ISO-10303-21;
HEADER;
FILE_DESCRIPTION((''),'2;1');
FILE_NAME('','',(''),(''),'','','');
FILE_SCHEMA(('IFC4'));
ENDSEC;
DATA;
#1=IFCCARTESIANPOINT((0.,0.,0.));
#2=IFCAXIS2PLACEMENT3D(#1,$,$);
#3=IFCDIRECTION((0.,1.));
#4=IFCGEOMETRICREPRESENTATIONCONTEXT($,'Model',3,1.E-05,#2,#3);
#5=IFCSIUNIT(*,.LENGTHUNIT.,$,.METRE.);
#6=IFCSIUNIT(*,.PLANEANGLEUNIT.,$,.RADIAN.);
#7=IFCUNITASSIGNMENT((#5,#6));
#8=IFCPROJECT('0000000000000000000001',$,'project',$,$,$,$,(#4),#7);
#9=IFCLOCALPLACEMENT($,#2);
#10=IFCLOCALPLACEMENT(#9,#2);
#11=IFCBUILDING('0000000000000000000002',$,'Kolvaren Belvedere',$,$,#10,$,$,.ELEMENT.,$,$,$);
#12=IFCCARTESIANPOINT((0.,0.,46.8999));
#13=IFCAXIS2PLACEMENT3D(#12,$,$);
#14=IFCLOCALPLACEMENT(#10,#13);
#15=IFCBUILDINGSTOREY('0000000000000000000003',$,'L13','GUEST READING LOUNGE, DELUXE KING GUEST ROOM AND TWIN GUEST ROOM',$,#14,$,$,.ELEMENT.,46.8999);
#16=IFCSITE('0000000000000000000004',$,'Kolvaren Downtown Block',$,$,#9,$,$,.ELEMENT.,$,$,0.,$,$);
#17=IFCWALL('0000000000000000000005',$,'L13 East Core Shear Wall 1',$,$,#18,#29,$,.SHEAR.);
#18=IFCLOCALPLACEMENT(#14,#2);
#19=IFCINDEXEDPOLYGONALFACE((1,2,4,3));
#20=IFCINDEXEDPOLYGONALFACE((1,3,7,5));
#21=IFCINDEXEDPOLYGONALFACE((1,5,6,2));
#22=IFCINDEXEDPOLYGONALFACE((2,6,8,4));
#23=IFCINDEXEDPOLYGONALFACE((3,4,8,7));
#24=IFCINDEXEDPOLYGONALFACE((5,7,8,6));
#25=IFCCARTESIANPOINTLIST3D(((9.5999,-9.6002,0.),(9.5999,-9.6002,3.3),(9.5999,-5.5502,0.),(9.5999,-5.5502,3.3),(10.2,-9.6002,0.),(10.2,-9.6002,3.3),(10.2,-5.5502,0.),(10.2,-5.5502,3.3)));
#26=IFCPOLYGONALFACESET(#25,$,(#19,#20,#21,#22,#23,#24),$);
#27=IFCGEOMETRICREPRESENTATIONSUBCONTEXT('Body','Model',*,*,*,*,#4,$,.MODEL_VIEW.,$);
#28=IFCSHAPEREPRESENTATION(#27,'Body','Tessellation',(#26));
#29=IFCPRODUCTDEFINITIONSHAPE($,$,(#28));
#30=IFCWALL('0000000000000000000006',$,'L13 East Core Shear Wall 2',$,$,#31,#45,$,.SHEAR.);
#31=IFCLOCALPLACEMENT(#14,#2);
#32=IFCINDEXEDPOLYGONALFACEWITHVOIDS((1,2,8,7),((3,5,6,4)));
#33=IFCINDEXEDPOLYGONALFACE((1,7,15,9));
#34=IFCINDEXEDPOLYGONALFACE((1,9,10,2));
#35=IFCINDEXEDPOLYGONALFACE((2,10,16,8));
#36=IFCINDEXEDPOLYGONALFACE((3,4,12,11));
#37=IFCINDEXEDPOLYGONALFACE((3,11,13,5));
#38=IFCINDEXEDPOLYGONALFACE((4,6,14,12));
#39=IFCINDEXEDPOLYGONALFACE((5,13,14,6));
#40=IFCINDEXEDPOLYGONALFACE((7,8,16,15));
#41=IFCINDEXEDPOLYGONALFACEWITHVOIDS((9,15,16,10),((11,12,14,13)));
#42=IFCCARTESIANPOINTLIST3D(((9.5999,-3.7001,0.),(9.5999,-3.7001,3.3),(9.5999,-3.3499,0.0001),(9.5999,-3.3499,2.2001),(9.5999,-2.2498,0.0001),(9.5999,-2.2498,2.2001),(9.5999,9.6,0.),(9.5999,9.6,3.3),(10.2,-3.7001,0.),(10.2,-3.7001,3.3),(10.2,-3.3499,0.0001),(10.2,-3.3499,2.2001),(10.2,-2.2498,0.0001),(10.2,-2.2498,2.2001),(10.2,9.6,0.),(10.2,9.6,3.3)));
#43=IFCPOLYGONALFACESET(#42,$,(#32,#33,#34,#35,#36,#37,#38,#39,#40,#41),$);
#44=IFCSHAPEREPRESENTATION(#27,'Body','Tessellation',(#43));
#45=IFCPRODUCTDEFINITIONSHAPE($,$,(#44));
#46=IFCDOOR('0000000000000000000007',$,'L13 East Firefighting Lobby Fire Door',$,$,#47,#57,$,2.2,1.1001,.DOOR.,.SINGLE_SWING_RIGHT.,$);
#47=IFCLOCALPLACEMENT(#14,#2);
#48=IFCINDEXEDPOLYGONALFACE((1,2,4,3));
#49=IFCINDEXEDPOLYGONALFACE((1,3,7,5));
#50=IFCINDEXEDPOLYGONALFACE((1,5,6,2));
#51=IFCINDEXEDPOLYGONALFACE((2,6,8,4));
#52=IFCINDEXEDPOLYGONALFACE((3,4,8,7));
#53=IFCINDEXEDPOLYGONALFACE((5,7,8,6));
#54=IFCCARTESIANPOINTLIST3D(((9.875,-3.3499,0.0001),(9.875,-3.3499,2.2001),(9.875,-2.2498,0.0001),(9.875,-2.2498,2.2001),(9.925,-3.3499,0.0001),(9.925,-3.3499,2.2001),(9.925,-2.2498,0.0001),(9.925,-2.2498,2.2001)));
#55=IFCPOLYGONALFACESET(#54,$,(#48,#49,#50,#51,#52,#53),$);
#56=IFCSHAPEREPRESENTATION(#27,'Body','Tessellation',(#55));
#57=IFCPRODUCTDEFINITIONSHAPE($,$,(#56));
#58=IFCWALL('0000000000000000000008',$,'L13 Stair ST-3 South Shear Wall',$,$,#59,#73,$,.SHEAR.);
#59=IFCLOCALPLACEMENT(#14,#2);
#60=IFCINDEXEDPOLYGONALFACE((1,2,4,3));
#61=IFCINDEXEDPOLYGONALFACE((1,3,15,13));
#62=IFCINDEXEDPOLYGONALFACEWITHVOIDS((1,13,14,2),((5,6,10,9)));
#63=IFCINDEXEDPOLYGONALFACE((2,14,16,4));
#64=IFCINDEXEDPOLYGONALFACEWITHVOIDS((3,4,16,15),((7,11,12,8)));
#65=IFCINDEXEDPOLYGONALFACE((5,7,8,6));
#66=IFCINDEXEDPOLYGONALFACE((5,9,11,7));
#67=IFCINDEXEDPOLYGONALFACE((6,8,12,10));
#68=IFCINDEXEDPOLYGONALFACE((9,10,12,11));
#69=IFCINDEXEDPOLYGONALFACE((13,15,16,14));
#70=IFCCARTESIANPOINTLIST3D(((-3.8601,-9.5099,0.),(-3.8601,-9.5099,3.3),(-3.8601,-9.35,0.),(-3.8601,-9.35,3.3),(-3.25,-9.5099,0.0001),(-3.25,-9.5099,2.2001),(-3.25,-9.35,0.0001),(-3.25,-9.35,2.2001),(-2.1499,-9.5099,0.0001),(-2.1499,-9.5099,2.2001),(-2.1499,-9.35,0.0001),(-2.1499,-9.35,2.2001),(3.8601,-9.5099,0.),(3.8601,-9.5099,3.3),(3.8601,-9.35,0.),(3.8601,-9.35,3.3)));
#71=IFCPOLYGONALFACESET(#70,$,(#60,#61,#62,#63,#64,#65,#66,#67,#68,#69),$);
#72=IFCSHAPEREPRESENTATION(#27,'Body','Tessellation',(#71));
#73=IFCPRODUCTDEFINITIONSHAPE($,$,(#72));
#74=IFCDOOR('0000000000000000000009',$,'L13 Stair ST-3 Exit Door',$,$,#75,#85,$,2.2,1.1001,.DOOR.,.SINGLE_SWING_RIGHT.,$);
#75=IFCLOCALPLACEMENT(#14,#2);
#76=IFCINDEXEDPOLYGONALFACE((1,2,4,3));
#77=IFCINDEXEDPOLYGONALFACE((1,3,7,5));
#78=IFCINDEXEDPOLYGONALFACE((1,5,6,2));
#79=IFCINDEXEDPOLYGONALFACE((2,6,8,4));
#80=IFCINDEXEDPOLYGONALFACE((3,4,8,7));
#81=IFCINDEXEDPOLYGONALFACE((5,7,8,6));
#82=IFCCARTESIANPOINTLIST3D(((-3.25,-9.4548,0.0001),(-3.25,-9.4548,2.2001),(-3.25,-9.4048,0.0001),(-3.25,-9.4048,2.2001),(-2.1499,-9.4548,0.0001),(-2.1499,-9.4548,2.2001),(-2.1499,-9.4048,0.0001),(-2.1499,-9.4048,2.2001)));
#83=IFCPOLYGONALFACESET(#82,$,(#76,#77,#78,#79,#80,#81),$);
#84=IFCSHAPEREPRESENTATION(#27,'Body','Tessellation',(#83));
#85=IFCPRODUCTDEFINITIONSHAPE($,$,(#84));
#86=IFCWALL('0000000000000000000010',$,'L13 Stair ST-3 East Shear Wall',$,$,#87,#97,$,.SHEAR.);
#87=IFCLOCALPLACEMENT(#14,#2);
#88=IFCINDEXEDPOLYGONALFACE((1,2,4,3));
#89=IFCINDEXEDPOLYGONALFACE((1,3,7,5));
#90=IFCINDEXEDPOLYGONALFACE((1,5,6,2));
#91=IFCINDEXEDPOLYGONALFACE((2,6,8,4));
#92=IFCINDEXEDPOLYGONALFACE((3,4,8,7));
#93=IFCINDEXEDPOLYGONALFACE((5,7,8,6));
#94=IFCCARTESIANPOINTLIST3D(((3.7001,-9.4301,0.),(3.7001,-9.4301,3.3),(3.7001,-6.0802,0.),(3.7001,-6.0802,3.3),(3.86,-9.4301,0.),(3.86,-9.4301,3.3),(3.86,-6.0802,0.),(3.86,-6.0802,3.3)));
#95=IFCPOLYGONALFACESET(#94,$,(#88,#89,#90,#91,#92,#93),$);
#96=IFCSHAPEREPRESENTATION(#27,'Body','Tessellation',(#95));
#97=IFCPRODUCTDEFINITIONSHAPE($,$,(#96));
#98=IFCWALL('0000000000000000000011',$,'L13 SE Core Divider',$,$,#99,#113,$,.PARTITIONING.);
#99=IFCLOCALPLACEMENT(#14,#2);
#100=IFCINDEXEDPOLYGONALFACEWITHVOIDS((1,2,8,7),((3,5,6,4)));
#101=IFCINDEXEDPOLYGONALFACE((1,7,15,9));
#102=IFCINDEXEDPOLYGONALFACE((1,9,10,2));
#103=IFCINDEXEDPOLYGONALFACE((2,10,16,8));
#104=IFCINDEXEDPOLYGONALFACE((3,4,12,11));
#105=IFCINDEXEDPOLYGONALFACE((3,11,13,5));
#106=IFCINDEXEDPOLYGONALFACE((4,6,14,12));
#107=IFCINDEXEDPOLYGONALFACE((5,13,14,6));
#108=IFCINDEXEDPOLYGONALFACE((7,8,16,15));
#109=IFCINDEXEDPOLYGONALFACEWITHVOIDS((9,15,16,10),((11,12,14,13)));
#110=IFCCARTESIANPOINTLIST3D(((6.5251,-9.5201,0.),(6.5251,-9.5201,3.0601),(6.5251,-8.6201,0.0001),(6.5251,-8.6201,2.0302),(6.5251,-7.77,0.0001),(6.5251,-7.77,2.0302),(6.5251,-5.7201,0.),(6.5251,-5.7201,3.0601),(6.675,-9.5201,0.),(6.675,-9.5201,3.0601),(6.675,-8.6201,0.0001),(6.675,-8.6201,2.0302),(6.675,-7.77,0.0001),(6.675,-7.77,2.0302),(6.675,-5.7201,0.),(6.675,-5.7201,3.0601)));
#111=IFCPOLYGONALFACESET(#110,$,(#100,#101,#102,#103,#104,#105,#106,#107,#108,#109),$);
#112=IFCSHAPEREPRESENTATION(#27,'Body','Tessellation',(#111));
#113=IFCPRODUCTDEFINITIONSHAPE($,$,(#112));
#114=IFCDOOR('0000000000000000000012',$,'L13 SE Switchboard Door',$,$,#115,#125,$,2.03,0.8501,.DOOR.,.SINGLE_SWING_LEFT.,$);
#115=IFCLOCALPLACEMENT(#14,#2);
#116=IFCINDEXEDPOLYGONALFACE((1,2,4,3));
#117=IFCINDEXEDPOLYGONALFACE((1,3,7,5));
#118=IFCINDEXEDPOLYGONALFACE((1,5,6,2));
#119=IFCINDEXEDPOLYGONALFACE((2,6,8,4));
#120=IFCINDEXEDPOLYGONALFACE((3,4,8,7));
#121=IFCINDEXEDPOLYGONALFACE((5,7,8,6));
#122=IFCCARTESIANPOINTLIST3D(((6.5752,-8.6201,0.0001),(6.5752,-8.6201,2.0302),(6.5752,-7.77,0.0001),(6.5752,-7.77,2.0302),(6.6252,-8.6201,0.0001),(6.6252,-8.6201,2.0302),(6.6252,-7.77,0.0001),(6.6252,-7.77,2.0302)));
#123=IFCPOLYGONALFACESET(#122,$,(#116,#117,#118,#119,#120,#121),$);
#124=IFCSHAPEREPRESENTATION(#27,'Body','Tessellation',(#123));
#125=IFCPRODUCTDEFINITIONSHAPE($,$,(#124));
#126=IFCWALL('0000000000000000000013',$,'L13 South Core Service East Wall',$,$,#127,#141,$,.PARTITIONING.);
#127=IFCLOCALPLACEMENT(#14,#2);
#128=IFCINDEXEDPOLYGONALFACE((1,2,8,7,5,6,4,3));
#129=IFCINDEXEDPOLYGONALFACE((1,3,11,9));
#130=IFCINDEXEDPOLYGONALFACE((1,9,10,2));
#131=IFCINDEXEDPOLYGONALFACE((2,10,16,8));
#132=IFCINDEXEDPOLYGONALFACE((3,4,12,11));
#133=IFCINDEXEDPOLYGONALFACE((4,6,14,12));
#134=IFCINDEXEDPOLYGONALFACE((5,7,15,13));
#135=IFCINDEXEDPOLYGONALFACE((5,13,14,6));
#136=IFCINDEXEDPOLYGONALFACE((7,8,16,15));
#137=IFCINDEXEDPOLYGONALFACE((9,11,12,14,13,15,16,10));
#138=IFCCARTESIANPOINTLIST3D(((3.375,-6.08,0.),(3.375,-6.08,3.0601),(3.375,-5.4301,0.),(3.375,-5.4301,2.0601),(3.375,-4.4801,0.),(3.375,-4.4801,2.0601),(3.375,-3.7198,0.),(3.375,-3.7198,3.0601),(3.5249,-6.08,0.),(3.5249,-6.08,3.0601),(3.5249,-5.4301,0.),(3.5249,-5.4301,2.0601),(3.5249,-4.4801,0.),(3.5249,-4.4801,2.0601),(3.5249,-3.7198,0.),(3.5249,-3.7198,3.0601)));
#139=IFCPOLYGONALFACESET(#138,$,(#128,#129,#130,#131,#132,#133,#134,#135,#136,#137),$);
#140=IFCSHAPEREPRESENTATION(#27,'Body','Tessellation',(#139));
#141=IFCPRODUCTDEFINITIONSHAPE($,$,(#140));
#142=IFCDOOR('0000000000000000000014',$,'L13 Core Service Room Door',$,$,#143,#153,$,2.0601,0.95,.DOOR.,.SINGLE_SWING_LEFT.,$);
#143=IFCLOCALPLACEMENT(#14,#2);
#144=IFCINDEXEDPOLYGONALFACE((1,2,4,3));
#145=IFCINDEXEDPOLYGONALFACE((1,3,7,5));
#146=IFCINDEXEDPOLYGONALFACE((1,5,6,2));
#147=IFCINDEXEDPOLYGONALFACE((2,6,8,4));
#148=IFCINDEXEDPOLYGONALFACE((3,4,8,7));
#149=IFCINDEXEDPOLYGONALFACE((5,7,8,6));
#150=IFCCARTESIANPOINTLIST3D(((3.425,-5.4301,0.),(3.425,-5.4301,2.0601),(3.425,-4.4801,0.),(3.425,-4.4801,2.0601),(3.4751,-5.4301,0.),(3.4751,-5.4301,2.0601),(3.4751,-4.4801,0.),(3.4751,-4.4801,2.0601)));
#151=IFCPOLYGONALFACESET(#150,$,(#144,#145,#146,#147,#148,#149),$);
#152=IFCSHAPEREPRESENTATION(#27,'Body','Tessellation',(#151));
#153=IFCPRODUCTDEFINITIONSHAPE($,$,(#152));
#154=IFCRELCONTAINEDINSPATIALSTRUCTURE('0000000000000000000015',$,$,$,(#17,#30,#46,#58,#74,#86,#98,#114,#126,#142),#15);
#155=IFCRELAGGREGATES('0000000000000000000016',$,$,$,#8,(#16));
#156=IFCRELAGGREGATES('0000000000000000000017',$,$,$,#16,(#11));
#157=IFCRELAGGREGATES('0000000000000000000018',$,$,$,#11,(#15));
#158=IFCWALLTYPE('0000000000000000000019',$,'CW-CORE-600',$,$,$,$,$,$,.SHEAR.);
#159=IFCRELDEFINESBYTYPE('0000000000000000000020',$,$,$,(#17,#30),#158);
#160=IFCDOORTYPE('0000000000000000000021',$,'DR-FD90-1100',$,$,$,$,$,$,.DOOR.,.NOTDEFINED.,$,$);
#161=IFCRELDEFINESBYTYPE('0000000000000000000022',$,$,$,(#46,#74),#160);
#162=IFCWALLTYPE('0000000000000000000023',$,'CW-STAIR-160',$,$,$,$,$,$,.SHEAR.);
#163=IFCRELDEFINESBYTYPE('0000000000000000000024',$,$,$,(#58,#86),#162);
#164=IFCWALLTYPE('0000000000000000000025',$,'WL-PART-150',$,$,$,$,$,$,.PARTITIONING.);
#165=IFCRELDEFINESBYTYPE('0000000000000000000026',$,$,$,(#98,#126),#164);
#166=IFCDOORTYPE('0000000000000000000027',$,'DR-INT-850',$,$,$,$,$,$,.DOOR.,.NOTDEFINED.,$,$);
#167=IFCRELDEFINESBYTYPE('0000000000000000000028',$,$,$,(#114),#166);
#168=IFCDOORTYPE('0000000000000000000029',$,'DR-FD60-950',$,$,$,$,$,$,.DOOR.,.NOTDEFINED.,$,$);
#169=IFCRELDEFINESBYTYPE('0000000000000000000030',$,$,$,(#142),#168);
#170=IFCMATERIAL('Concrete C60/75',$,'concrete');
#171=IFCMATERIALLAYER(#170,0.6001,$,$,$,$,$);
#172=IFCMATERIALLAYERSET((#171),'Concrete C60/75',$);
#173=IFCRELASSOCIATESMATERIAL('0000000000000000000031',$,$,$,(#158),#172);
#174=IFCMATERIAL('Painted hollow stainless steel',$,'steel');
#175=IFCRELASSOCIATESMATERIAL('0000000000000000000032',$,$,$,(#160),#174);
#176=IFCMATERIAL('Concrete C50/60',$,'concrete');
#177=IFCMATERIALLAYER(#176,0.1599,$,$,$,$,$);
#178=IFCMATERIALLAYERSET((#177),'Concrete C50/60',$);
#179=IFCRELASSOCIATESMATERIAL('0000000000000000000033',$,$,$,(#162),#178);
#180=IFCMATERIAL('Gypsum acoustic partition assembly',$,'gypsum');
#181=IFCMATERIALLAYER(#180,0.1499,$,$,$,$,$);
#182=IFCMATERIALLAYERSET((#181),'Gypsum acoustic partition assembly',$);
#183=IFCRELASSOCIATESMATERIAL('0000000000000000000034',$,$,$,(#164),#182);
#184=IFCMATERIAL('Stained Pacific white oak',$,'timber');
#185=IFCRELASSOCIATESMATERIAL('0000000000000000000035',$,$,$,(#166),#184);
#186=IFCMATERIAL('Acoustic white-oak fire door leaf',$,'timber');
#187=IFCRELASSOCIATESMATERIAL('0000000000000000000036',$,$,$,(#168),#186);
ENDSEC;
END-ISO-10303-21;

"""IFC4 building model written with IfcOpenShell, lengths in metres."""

from ifc_helpers import new_model, si_unit, direction, frame, frame_2d, origin, place, context, subcontext, project, spatial, rectangle, extrude, material, layer, layer_set, type_object, element, fill, save


model = new_model("IFC4")

# Units and contexts
model_context = context("Model", 3, precision=1e-05, world=origin(), true_north=direction((0.0, 1.0)))
body_context = subcontext(model_context, "Body", "Model", "MODEL_VIEW")
ifc_project = project(units=[si_unit("LENGTHUNIT", "METRE"), si_unit("PLANEANGLEUNIT", "RADIAN")], contexts=[model_context])

# Site, building, storey
site_placement = place(None, origin())
site = spatial("IfcSite", under=ifc_project, at=site_placement, Name="Kolvaren Downtown Block", CompositionType="ELEMENT", RefElevation=0.0)
building_placement = place(site_placement, origin())
building = spatial("IfcBuilding", under=site, at=building_placement, Name="Kolvaren Belvedere", CompositionType="ELEMENT")
storey_placement = place(building_placement, frame((0.0, 0.0, 46.8999)))
storey = spatial("IfcBuildingStorey", under=building, at=storey_placement, Name="L13", Description="GUEST READING LOUNGE, DELUXE KING GUEST ROOM AND TWIN GUEST ROOM", CompositionType="ELEMENT", Elevation=46.8999)

# Wall
ifc_material_1 = material(Name="Concrete C60/75", Category="concrete")
ifc_layer_1 = layer(ifc_material_1, 0.6001)
ifc_layer_set_1 = layer_set([ifc_layer_1], Name="Concrete C60/75")
wall_type_1 = type_object("IfcWallType", Name="CW-CORE-600", PredefinedType="SHEAR", material=ifc_layer_set_1)
wall_1_placement = place(storey_placement, frame((9.8999, -9.6001, 0.0), z_axis=(0.0, 0.0, 1.0), x_axis=(0.0, 1.0, 0.0)))
element("IfcWall", 1, at=wall_1_placement, inside=storey, type_object=wall_type_1, Name="L13 East Core Shear Wall 1", PredefinedType="SHEAR", context=body_context, shape_type="SweptSolid", body=[
    extrude(rectangle(XDim=4.05, YDim=0.6001, at=frame_2d((2.0249, 0.0))), origin(), (0.0, 0.0, 1.0), 3.3),
])

# Walls, openings, doors
wall_2_placement = place(storey_placement, frame((9.8999, -3.7, 0.0), z_axis=(0.0, 0.0, 1.0), x_axis=(0.0, 1.0, 0.0)))
wall_2 = element("IfcWall", 2, at=wall_2_placement, inside=storey, type_object=wall_type_1, Name="L13 East Core Shear Wall 2", PredefinedType="SHEAR", context=body_context, shape_type="SweptSolid", body=[
    extrude(rectangle(XDim=13.3, YDim=0.6001, at=frame_2d((6.6499, 0.0))), origin(), (0.0, 0.0, 1.0), 3.3),
])
opening_1_placement = place(wall_2_placement, frame((0.3501, 0.0, 0.0)))
opening_1 = element("IfcOpeningElement", 3, at=opening_1_placement, cuts=wall_2, PredefinedType="OPENING", context=body_context, shape_type="SweptSolid", body=[
    extrude(rectangle(XDim=1.1001, YDim=2.2, at=frame_2d((0.55, 1.1001))), frame((0.0, 0.3101, 0.0), z_axis=(0.0, -1.0, 0.0), x_axis=(1.0, 0.0, 0.0)), (0.0, 0.0, 1.0), 0.6201),
])
ifc_material_2 = material(Name="Painted hollow stainless steel", Category="steel")
door_type_1 = type_object("IfcDoorType", Name="DR-FD90-1100", OperationType="NOTDEFINED", PredefinedType="DOOR", material=ifc_material_2)
door_1_placement = place(opening_1_placement, origin())
door_1 = element("IfcDoor", 4, at=door_1_placement, inside=storey, type_object=door_type_1, Name="L13 East Firefighting Lobby Fire Door", OperationType="SINGLE_SWING_RIGHT", OverallHeight=2.2, OverallWidth=1.1001, PredefinedType="DOOR", context=body_context, shape_type="SweptSolid", body=[
    extrude(rectangle(XDim=1.1001, YDim=2.2, at=frame_2d((0.55, 1.1001))), frame((0.0, 0.0249, 0.0), z_axis=(0.0, -1.0, 0.0), x_axis=(1.0, 0.0, 0.0)), (0.0, 0.0, 1.0), 0.05),
])
fill(opening_1, door_1)
ifc_material_3 = material(Name="Concrete C50/60", Category="concrete")
ifc_layer_2 = layer(ifc_material_3, 0.1599)
ifc_layer_set_2 = layer_set([ifc_layer_2], Name="Concrete C50/60")
wall_type_2 = type_object("IfcWallType", Name="CW-STAIR-160", PredefinedType="SHEAR", material=ifc_layer_set_2)
wall_3_placement = place(storey_placement, frame((3.8601, -9.4299, 0.0), z_axis=(0.0, 0.0, 1.0), x_axis=(-1.0, 0.0, 0.0)))
wall_3 = element("IfcWall", 5, at=wall_3_placement, inside=storey, type_object=wall_type_2, Name="L13 Stair ST-3 South Shear Wall", PredefinedType="SHEAR", context=body_context, shape_type="SweptSolid", body=[
    extrude(rectangle(XDim=7.7202, YDim=0.1599, at=frame_2d((3.8601, 0.0))), origin(), (0.0, 0.0, 1.0), 3.3),
])
opening_2_placement = place(wall_3_placement, frame((6.01, 0.0, 0.0)))
opening_2 = element("IfcOpeningElement", 6, at=opening_2_placement, cuts=wall_3, PredefinedType="OPENING", context=body_context, shape_type="SweptSolid", body=[
    extrude(rectangle(XDim=1.1001, YDim=2.2, at=frame_2d((0.55, 1.1001))), frame((0.0, 0.0898, 0.0), z_axis=(0.0, -1.0, 0.0), x_axis=(1.0, 0.0, 0.0)), (0.0, 0.0, 1.0), 0.1799),
])
door_2_placement = place(opening_2_placement, origin())
door_2 = element("IfcDoor", 7, at=door_2_placement, inside=storey, type_object=door_type_1, Name="L13 Stair ST-3 Exit Door", OperationType="SINGLE_SWING_RIGHT", OverallHeight=2.2, OverallWidth=1.1001, PredefinedType="DOOR", context=body_context, shape_type="SweptSolid", body=[
    extrude(rectangle(XDim=1.1001, YDim=2.2, at=frame_2d((0.55, 1.1001))), frame((0.0, 0.0249, 0.0), z_axis=(0.0, -1.0, 0.0), x_axis=(1.0, 0.0, 0.0)), (0.0, 0.0, 1.0), 0.05),
])
fill(opening_2, door_2)

# Wall
wall_4_placement = place(storey_placement, frame((3.78, -9.4299, 0.0), z_axis=(0.0, 0.0, 1.0), x_axis=(0.0, 1.0, 0.0)))
element("IfcWall", 8, at=wall_4_placement, inside=storey, type_object=wall_type_2, Name="L13 Stair ST-3 East Shear Wall", PredefinedType="SHEAR", context=body_context, shape_type="SweptSolid", body=[
    extrude(rectangle(XDim=3.3499, YDim=0.1599, at=frame_2d((1.6748, 0.0))), origin(), (0.0, 0.0, 1.0), 3.3),
])

# Walls, openings, doors
ifc_material_4 = material(Name="Gypsum acoustic partition assembly", Category="gypsum")
ifc_layer_3 = layer(ifc_material_4, 0.1499)
ifc_layer_set_3 = layer_set([ifc_layer_3], Name="Gypsum acoustic partition assembly")
wall_type_3 = type_object("IfcWallType", Name="WL-PART-150", PredefinedType="PARTITIONING", material=ifc_layer_set_3)
wall_5_placement = place(storey_placement, frame((6.6001, -9.52, 0.0), z_axis=(0.0, 0.0, 1.0), x_axis=(0.0, 1.0, 0.0)))
wall_5 = element("IfcWall", 9, at=wall_5_placement, inside=storey, type_object=wall_type_3, Name="L13 SE Core Divider", PredefinedType="PARTITIONING", context=body_context, shape_type="SweptSolid", body=[
    extrude(rectangle(XDim=3.8, YDim=0.1499, at=frame_2d((1.8999, 0.0))), origin(), (0.0, 0.0, 1.0), 3.0601),
])
opening_3_placement = place(wall_5_placement, frame((0.8999, 0.0, 0.0)))
opening_3 = element("IfcOpeningElement", 10, at=opening_3_placement, cuts=wall_5, PredefinedType="OPENING", context=body_context, shape_type="SweptSolid", body=[
    extrude(rectangle(XDim=0.8501, YDim=2.03, at=frame_2d((0.425, 1.0151))), frame((0.0, 0.085, 0.0), z_axis=(0.0, -1.0, 0.0), x_axis=(1.0, 0.0, 0.0)), (0.0, 0.0, 1.0), 0.1699),
])
ifc_material_5 = material(Name="Stained Pacific white oak", Category="timber")
door_type_2 = type_object("IfcDoorType", Name="DR-INT-850", OperationType="NOTDEFINED", PredefinedType="DOOR", material=ifc_material_5)
door_3_placement = place(opening_3_placement, origin())
door_3 = element("IfcDoor", 11, at=door_3_placement, inside=storey, type_object=door_type_2, Name="L13 SE Switchboard Door", OperationType="SINGLE_SWING_LEFT", OverallHeight=2.03, OverallWidth=0.8501, PredefinedType="DOOR", context=body_context, shape_type="SweptSolid", body=[
    extrude(rectangle(XDim=0.8501, YDim=2.03, at=frame_2d((0.425, 1.0151))), frame((0.0, 0.0249, 0.0), z_axis=(0.0, -1.0, 0.0), x_axis=(1.0, 0.0, 0.0)), (0.0, 0.0, 1.0), 0.05),
])
fill(opening_3, door_3)
wall_6_placement = place(storey_placement, frame((3.45, -6.0801, 0.0), z_axis=(0.0, 0.0, 1.0), x_axis=(0.0, 1.0, 0.0)))
wall_6 = element("IfcWall", 12, at=wall_6_placement, inside=storey, type_object=wall_type_3, Name="L13 South Core Service East Wall", PredefinedType="PARTITIONING", context=body_context, shape_type="SweptSolid", body=[
    extrude(rectangle(XDim=2.3601, YDim=0.1499, at=frame_2d((1.1802, 0.0))), origin(), (0.0, 0.0, 1.0), 3.0601),
])
opening_4_placement = place(wall_6_placement, frame((0.6499, 0.0, 0.0)))
opening_4 = element("IfcOpeningElement", 13, at=opening_4_placement, cuts=wall_6, PredefinedType="OPENING", context=body_context, shape_type="SweptSolid", body=[
    extrude(rectangle(XDim=0.95, YDim=2.0601, at=frame_2d((0.4751, 1.03))), frame((0.0, 0.085, 0.0), z_axis=(0.0, -1.0, 0.0), x_axis=(1.0, 0.0, 0.0)), (0.0, 0.0, 1.0), 0.1699),
])
ifc_material_6 = material(Name="Acoustic white-oak fire door leaf", Category="timber")
door_type_3 = type_object("IfcDoorType", Name="DR-FD60-950", OperationType="NOTDEFINED", PredefinedType="DOOR", material=ifc_material_6)
door_4_placement = place(opening_4_placement, origin())
door_4 = element("IfcDoor", 14, at=door_4_placement, inside=storey, type_object=door_type_3, Name="L13 Core Service Room Door", OperationType="SINGLE_SWING_LEFT", OverallHeight=2.0601, OverallWidth=0.95, PredefinedType="DOOR", context=body_context, shape_type="SweptSolid", body=[
    extrude(rectangle(XDim=0.95, YDim=2.0601, at=frame_2d((0.4751, 1.03))), frame((0.0, 0.0249, 0.0), z_axis=(0.0, -1.0, 0.0), x_axis=(1.0, 0.0, 0.0)), (0.0, 0.0, 1.0), 0.05),
])
fill(opening_4, door_4)

save(model, "model.ifc")
